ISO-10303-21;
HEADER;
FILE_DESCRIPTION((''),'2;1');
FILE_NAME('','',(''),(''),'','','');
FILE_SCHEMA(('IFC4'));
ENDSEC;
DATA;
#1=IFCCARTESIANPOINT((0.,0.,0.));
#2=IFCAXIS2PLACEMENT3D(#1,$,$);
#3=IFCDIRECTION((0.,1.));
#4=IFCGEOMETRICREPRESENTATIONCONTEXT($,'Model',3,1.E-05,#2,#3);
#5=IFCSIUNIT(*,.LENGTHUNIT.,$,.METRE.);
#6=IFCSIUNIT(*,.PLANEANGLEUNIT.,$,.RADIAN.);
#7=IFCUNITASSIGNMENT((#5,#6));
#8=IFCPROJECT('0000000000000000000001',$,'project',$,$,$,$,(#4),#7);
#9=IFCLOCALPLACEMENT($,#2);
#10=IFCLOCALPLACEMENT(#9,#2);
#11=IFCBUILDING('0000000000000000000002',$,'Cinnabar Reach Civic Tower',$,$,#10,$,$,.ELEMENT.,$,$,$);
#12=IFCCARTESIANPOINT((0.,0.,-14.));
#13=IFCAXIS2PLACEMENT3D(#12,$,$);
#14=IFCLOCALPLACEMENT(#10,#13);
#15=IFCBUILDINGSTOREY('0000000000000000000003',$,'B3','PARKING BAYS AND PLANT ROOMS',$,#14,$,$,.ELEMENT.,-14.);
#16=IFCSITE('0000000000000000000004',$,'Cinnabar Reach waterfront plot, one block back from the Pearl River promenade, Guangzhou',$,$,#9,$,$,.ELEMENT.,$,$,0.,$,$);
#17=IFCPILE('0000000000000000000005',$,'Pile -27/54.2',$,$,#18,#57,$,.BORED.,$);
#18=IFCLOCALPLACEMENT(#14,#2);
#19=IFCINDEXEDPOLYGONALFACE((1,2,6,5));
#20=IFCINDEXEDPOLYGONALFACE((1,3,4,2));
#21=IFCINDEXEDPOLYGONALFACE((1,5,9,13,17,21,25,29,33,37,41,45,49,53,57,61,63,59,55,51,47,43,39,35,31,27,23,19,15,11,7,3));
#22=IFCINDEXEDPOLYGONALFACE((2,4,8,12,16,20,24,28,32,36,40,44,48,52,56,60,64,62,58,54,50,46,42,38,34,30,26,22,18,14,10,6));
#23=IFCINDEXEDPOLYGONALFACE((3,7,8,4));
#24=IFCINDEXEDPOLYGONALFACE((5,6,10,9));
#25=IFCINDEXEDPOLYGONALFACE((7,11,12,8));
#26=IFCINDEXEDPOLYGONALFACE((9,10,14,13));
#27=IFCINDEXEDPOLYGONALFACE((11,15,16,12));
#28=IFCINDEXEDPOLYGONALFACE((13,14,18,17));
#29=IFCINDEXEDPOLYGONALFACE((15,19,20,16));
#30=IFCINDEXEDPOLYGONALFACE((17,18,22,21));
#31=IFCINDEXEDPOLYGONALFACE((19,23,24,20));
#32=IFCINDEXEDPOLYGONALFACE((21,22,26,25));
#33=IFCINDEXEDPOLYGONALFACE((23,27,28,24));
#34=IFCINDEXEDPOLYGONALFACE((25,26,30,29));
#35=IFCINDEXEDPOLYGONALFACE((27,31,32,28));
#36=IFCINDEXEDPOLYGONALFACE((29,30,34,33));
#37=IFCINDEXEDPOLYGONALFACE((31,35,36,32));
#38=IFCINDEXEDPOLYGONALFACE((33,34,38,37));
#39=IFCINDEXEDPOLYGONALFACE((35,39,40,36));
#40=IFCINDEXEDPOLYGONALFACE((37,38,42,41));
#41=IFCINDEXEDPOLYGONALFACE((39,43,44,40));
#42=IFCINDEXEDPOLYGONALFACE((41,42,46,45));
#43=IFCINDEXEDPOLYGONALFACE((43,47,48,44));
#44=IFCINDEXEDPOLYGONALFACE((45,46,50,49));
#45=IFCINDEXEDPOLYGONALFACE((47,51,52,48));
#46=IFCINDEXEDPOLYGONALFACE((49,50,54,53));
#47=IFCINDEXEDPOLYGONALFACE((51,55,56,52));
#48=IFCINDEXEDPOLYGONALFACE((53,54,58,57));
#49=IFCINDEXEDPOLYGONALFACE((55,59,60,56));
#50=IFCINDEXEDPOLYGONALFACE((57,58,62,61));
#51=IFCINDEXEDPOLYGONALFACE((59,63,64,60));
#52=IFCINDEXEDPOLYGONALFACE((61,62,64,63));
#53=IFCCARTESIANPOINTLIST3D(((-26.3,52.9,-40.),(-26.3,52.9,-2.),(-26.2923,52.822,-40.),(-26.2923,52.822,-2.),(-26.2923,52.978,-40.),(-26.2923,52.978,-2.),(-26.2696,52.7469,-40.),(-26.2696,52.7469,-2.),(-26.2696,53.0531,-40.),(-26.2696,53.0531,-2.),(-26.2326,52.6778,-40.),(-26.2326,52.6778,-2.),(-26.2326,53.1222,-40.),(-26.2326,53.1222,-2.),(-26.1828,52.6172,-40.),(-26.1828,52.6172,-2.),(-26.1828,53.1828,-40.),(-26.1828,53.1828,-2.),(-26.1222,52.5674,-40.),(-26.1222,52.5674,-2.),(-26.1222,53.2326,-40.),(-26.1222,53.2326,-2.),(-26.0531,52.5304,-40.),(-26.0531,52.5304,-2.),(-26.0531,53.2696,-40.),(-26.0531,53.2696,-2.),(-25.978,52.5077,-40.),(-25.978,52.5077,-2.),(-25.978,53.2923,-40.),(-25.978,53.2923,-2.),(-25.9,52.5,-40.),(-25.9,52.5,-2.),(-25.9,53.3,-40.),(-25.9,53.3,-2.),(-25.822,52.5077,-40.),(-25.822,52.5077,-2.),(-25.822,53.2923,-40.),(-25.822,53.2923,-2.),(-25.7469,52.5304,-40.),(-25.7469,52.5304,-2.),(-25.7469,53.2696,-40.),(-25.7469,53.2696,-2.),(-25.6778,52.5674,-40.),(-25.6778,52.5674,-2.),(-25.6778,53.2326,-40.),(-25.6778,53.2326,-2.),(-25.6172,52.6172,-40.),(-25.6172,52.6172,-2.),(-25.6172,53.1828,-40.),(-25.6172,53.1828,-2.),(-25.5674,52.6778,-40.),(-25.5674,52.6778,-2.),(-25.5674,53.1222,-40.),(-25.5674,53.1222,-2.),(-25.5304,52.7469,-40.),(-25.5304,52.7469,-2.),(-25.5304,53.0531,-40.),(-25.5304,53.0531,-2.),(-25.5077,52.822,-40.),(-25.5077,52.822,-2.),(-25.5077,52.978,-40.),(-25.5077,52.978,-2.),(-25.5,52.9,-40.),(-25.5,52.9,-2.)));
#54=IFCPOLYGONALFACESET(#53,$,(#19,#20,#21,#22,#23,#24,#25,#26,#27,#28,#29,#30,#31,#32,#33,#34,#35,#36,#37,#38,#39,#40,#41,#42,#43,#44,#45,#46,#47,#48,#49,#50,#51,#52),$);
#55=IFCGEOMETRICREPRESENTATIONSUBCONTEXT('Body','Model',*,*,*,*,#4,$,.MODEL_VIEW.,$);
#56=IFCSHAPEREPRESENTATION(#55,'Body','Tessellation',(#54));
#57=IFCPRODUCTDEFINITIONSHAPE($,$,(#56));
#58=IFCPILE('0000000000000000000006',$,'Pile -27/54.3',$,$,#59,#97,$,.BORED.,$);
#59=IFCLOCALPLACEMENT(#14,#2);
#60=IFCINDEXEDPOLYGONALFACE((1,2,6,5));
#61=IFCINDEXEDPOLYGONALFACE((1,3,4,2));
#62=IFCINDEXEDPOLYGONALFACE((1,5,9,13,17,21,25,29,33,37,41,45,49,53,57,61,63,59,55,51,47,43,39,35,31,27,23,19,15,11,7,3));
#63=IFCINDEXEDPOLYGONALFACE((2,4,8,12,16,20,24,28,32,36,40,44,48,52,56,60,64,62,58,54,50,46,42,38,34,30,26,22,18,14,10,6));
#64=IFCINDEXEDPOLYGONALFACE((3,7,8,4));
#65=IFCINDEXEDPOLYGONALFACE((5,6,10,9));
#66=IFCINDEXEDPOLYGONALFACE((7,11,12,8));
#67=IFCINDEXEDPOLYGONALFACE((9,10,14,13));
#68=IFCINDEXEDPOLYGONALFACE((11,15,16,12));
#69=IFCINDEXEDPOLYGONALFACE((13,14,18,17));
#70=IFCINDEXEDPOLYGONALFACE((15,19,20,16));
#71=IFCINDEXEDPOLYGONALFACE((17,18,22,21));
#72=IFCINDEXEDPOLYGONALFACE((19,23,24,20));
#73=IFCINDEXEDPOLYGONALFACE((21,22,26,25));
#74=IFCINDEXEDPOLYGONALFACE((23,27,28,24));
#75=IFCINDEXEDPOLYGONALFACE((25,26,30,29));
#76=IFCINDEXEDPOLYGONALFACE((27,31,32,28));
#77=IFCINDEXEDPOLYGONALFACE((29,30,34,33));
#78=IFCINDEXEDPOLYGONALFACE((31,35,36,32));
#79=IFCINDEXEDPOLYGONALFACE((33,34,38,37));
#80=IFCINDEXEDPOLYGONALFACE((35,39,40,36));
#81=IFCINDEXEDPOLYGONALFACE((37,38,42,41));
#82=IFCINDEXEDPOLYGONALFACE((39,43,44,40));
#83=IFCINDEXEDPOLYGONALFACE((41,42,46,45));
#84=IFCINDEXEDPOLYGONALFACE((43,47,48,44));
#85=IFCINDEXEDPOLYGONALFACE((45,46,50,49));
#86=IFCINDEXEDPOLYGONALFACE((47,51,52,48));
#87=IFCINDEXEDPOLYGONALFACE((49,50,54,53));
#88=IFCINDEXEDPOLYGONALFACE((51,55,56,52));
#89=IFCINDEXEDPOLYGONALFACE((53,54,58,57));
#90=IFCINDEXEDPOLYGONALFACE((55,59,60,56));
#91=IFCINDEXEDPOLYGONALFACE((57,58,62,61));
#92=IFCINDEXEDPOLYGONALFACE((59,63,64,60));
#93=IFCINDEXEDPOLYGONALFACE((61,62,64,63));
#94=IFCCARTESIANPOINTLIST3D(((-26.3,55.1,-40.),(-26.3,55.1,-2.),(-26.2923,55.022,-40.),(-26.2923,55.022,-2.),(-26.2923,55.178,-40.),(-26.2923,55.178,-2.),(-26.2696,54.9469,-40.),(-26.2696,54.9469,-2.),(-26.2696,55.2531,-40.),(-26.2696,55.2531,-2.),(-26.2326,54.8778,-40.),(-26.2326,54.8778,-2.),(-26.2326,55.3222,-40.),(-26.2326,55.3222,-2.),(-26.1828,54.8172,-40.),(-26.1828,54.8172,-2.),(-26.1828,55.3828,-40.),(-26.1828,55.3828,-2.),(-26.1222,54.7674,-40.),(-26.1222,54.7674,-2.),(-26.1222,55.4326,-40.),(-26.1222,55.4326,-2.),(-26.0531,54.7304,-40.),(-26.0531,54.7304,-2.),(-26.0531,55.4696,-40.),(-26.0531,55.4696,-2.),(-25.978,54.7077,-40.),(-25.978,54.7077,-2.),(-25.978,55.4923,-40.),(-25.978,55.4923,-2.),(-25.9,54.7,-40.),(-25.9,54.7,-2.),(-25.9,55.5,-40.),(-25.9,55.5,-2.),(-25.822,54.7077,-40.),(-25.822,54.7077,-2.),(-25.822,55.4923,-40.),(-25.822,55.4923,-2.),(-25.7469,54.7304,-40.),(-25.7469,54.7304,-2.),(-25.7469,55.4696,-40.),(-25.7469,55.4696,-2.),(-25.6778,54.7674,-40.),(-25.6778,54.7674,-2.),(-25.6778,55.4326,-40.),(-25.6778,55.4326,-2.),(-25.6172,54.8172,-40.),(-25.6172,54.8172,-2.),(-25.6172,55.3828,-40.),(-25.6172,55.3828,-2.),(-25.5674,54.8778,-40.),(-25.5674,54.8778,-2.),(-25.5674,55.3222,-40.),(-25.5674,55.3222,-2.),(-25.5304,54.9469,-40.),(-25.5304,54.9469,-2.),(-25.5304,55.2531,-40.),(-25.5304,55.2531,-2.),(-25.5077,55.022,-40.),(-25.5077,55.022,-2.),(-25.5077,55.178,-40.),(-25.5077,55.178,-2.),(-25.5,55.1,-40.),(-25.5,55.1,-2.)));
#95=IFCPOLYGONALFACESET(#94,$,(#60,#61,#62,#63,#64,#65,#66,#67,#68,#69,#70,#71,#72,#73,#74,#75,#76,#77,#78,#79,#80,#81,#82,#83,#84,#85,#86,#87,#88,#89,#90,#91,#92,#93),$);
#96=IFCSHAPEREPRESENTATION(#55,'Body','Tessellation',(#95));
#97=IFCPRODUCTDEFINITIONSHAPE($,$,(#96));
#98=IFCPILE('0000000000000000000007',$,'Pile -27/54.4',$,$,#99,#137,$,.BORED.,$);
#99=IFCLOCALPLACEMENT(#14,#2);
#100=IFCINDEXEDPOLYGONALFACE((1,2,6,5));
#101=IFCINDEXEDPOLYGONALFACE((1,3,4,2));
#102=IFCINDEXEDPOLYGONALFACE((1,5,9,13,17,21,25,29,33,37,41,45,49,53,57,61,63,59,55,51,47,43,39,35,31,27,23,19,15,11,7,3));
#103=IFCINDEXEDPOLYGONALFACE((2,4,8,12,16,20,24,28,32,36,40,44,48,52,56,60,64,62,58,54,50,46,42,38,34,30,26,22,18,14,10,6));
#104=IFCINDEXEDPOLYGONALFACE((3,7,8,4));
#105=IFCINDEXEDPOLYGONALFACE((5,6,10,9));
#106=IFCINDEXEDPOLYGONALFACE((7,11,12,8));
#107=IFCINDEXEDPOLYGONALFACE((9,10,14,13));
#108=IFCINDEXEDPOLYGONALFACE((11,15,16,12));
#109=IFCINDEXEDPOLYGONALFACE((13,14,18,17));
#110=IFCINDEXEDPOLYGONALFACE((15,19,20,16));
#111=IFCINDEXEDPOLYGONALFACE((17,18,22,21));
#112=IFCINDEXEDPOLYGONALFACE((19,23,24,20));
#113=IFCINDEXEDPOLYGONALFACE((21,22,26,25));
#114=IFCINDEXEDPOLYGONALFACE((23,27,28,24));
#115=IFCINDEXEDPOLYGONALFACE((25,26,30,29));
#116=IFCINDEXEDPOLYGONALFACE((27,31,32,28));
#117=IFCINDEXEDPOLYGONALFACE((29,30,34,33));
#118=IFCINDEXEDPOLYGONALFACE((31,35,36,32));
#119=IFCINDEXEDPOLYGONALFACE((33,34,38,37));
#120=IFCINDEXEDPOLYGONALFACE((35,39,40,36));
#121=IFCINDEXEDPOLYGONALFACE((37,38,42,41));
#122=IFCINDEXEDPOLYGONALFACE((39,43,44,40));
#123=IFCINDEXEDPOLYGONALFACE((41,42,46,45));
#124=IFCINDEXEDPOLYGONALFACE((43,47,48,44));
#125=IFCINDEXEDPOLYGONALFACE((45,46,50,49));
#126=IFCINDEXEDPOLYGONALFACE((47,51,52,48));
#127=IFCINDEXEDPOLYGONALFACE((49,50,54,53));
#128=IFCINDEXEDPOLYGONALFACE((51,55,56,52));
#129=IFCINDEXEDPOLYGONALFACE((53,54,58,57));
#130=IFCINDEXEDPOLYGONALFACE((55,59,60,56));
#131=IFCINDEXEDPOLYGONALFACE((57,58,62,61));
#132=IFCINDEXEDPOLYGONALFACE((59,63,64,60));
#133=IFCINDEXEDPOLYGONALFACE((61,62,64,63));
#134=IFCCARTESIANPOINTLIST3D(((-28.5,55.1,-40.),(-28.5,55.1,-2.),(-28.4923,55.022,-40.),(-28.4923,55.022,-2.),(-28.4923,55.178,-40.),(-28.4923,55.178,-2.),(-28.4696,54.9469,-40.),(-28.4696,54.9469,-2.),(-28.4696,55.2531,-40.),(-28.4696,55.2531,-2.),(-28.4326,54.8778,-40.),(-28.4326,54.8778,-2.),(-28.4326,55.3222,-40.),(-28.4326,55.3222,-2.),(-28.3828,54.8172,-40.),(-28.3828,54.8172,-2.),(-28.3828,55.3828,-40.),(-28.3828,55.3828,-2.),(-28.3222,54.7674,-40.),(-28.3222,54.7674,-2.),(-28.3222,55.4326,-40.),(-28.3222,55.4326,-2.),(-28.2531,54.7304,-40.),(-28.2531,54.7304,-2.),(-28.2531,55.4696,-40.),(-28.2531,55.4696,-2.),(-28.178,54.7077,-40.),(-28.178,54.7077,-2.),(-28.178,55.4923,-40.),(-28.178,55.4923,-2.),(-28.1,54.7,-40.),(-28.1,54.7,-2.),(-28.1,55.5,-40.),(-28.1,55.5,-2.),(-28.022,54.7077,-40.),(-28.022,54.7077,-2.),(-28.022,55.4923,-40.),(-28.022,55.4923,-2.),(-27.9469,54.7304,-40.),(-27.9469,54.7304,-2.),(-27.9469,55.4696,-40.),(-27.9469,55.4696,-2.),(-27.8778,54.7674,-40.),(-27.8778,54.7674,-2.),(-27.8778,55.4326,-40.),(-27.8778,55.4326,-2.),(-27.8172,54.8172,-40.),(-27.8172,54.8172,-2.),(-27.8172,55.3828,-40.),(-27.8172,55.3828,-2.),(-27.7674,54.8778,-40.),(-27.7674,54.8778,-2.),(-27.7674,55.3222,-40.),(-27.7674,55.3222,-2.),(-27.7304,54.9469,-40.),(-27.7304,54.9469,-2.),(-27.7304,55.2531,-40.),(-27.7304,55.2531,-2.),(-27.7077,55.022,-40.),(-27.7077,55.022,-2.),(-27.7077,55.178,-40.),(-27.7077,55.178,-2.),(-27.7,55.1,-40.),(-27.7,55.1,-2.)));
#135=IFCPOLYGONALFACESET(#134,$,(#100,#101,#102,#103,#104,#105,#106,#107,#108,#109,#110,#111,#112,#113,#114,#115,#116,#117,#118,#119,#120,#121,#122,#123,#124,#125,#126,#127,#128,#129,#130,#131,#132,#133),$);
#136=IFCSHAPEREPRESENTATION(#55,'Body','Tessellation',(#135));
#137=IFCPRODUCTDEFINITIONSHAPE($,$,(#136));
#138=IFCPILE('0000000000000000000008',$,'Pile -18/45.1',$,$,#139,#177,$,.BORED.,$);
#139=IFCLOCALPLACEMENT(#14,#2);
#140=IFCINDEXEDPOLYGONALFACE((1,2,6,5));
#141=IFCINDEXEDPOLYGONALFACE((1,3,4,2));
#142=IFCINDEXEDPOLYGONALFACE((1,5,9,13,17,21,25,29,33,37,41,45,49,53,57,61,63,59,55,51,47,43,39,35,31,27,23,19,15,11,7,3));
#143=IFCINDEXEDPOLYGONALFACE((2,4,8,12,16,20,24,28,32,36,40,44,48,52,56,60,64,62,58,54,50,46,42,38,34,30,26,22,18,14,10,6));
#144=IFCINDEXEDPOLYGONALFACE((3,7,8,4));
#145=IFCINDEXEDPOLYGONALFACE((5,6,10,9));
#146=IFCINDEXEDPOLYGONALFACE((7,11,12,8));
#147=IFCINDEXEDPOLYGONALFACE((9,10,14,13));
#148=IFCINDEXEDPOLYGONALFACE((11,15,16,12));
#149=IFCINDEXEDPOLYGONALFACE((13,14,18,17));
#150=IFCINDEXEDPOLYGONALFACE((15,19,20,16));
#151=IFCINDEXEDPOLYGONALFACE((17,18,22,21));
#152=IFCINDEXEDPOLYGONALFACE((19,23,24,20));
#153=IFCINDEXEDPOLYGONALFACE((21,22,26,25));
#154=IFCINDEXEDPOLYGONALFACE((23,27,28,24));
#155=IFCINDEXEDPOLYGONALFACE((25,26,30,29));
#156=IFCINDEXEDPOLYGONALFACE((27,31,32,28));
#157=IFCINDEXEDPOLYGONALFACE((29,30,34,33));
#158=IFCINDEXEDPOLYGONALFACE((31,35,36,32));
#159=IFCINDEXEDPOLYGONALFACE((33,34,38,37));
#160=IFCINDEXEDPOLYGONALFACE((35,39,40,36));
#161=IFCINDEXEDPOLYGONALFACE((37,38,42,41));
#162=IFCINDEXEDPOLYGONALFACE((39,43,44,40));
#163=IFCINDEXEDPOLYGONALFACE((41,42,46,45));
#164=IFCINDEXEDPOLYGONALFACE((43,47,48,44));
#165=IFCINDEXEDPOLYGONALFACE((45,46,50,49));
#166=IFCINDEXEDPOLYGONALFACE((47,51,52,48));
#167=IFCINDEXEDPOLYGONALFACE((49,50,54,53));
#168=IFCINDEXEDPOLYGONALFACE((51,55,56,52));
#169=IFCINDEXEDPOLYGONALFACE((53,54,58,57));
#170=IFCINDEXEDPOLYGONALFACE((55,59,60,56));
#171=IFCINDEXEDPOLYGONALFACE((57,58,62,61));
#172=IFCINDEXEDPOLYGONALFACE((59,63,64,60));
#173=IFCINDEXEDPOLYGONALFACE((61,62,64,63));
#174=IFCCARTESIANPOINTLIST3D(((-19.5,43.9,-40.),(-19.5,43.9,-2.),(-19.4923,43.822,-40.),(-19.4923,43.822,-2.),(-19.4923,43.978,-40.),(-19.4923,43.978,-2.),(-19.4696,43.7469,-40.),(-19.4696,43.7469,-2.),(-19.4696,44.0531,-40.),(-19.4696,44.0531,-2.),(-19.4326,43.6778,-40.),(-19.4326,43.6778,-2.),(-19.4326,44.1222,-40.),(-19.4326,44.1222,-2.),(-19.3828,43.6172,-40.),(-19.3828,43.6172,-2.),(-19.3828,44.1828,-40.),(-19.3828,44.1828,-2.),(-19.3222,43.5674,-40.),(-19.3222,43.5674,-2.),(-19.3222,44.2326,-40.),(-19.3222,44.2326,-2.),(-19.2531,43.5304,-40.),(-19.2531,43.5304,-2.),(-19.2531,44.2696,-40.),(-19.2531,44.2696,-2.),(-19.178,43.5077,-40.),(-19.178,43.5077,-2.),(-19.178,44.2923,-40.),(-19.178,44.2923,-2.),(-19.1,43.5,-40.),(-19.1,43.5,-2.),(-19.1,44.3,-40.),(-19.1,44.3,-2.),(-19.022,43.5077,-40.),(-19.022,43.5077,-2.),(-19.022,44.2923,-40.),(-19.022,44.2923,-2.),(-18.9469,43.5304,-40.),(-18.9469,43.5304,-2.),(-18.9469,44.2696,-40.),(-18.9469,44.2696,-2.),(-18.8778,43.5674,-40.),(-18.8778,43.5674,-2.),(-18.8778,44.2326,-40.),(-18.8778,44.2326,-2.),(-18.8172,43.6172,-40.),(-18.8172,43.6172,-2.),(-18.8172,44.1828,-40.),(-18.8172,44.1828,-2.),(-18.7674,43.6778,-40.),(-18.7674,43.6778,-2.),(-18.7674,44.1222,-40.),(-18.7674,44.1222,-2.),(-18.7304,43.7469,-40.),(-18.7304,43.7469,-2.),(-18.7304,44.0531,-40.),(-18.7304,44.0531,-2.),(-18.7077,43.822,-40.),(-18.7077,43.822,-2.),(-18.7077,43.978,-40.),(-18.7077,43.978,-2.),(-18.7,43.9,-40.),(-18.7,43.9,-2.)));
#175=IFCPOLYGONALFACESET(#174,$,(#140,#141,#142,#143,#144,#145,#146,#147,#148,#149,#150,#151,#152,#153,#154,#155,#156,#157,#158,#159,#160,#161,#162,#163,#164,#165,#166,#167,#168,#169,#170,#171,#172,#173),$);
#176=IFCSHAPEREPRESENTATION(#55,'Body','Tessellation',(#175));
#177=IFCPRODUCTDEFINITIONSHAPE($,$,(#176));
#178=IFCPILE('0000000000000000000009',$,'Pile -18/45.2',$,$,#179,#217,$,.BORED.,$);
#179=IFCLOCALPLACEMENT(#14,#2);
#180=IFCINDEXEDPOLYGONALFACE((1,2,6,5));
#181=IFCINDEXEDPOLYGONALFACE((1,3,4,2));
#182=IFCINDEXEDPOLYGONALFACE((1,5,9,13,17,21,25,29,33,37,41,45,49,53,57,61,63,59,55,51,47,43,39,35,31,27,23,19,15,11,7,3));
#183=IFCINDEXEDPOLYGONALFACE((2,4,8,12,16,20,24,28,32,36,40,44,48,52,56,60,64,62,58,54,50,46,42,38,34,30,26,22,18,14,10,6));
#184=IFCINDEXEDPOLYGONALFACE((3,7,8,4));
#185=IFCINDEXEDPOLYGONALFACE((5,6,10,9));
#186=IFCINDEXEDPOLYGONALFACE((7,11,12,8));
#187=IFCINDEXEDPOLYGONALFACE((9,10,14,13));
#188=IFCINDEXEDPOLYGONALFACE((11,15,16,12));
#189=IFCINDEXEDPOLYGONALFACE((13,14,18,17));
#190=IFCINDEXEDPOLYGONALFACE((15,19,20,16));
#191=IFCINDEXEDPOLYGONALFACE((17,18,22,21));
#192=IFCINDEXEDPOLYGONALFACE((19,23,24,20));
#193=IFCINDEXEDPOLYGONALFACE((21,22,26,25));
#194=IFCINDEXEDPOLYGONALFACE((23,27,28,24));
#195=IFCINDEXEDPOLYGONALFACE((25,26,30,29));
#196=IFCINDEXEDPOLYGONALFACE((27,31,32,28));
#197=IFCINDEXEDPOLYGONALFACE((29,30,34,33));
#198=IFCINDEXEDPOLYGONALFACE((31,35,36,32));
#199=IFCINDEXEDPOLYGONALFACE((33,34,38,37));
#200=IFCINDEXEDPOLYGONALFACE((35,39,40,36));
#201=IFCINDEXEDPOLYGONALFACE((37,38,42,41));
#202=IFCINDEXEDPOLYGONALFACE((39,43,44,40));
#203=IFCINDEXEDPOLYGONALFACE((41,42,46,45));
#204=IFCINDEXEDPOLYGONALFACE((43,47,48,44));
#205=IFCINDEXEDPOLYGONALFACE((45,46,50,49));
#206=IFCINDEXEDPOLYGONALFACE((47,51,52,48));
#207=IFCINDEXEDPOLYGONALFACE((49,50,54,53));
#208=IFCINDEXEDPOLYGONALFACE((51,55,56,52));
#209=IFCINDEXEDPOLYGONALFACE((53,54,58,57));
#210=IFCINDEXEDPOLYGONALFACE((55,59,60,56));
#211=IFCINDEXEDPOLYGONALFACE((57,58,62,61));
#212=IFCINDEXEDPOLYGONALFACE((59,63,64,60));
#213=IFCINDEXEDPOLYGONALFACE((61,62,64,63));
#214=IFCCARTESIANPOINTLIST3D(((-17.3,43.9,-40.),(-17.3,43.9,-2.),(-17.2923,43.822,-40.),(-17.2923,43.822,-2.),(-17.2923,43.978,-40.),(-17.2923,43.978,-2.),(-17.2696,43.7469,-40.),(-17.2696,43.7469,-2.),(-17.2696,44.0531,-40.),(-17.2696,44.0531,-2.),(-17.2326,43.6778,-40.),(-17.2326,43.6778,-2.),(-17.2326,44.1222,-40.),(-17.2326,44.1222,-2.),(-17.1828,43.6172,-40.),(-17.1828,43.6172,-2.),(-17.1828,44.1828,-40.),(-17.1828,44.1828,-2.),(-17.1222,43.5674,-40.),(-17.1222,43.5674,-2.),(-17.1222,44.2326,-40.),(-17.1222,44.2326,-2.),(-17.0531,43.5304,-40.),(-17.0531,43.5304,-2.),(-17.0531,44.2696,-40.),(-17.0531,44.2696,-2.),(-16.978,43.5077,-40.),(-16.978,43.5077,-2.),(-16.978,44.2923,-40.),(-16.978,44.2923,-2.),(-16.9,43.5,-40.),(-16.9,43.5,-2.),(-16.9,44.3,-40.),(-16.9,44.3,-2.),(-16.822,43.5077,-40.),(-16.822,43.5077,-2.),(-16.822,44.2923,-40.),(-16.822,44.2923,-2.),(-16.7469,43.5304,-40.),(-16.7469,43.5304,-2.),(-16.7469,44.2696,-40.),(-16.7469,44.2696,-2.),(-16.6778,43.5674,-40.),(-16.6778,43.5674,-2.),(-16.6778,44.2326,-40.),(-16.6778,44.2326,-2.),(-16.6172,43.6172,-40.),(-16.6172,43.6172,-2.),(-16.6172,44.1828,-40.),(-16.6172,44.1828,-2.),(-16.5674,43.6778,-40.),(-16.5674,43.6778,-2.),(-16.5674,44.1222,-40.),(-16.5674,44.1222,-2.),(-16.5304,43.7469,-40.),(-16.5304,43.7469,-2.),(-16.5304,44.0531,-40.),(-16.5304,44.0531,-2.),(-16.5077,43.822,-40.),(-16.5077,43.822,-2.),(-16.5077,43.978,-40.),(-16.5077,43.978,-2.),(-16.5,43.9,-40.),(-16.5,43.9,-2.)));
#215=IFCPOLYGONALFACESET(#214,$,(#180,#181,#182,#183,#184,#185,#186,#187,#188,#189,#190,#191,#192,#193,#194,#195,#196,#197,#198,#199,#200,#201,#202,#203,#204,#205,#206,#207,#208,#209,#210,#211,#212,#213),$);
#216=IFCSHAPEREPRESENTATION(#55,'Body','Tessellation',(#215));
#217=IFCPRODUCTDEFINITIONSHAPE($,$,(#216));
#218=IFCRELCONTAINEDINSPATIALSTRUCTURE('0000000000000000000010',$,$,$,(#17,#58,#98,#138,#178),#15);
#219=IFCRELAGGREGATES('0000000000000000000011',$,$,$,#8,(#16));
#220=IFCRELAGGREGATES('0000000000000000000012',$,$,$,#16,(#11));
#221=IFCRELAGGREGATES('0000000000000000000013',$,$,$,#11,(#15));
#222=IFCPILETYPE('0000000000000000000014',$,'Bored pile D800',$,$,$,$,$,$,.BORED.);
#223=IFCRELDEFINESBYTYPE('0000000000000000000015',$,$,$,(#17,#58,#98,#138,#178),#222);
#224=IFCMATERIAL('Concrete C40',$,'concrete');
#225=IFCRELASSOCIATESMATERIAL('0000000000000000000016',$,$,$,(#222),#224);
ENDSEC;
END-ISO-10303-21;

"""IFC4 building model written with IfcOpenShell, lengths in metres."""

from ifc_helpers import new_model, si_unit, direction, frame, origin, origin_2d, place, context, subcontext, project, spatial, circle, extrude, material, type_object, element, save


model = new_model("IFC4")

# Units and contexts
model_context = context("Model", 3, precision=1e-05, world=origin(), true_north=direction((0.0, 1.0)))
body_context = subcontext(model_context, "Body", "Model", "MODEL_VIEW")
ifc_project = project(units=[si_unit("LENGTHUNIT", "METRE"), si_unit("PLANEANGLEUNIT", "RADIAN")], contexts=[model_context])

# Site, building, storey
site_placement = place(None, origin())
site = spatial("IfcSite", under=ifc_project, at=site_placement, Name="Cinnabar Reach waterfront plot, one block back from the Pearl River promenade, Guangzhou", CompositionType="ELEMENT", RefElevation=0.0)
building_placement = place(site_placement, origin())
building = spatial("IfcBuilding", under=site, at=building_placement, Name="Cinnabar Reach Civic Tower", CompositionType="ELEMENT")
storey_placement = place(building_placement, frame((0.0, 0.0, -14.0)))
storey = spatial("IfcBuildingStorey", under=building, at=storey_placement, Name="B3", Description="PARKING BAYS AND PLANT ROOMS", CompositionType="ELEMENT", Elevation=-14.0)

# Piles
ifc_material_1 = material(Name="Concrete C40", Category="concrete")
pile_type = type_object("IfcPileType", Name="Bored pile D800", PredefinedType="BORED", material=ifc_material_1)
for number, where, z_axis, x_axis, name in (
    (1, (-25.9, 52.9, -2.0), (0.0, 0.0, -1.0), (1.0, 0.0, 0.0), "Pile -27/54.2"),
    (2, (-25.9, 55.1, -2.0), (0.0, 0.0, -1.0), (1.0, 0.0, 0.0), "Pile -27/54.3"),
    (3, (-28.1, 55.1, -2.0), (0.0, 0.0, -1.0), (1.0, 0.0, 0.0), "Pile -27/54.4"),
    (4, (-19.1, 43.9, -2.0), (0.0, 0.0, -1.0), (1.0, 0.0, 0.0), "Pile -18/45.1"),
    (5, (-16.9, 43.9, -2.0), (0.0, 0.0, -1.0), (1.0, 0.0, 0.0), "Pile -18/45.2"),
):
    element("IfcPile", number, at=place(storey_placement, frame(where, z_axis=z_axis, x_axis=x_axis)), inside=storey, type_object=pile_type, Name=name, PredefinedType="BORED", context=body_context, shape_type="SweptSolid", body=[
        extrude(circle(Radius=0.4, at=origin_2d()), origin(), (0.0, 0.0, 1.0), 38.0),
    ])

save(model, "model.ifc")
